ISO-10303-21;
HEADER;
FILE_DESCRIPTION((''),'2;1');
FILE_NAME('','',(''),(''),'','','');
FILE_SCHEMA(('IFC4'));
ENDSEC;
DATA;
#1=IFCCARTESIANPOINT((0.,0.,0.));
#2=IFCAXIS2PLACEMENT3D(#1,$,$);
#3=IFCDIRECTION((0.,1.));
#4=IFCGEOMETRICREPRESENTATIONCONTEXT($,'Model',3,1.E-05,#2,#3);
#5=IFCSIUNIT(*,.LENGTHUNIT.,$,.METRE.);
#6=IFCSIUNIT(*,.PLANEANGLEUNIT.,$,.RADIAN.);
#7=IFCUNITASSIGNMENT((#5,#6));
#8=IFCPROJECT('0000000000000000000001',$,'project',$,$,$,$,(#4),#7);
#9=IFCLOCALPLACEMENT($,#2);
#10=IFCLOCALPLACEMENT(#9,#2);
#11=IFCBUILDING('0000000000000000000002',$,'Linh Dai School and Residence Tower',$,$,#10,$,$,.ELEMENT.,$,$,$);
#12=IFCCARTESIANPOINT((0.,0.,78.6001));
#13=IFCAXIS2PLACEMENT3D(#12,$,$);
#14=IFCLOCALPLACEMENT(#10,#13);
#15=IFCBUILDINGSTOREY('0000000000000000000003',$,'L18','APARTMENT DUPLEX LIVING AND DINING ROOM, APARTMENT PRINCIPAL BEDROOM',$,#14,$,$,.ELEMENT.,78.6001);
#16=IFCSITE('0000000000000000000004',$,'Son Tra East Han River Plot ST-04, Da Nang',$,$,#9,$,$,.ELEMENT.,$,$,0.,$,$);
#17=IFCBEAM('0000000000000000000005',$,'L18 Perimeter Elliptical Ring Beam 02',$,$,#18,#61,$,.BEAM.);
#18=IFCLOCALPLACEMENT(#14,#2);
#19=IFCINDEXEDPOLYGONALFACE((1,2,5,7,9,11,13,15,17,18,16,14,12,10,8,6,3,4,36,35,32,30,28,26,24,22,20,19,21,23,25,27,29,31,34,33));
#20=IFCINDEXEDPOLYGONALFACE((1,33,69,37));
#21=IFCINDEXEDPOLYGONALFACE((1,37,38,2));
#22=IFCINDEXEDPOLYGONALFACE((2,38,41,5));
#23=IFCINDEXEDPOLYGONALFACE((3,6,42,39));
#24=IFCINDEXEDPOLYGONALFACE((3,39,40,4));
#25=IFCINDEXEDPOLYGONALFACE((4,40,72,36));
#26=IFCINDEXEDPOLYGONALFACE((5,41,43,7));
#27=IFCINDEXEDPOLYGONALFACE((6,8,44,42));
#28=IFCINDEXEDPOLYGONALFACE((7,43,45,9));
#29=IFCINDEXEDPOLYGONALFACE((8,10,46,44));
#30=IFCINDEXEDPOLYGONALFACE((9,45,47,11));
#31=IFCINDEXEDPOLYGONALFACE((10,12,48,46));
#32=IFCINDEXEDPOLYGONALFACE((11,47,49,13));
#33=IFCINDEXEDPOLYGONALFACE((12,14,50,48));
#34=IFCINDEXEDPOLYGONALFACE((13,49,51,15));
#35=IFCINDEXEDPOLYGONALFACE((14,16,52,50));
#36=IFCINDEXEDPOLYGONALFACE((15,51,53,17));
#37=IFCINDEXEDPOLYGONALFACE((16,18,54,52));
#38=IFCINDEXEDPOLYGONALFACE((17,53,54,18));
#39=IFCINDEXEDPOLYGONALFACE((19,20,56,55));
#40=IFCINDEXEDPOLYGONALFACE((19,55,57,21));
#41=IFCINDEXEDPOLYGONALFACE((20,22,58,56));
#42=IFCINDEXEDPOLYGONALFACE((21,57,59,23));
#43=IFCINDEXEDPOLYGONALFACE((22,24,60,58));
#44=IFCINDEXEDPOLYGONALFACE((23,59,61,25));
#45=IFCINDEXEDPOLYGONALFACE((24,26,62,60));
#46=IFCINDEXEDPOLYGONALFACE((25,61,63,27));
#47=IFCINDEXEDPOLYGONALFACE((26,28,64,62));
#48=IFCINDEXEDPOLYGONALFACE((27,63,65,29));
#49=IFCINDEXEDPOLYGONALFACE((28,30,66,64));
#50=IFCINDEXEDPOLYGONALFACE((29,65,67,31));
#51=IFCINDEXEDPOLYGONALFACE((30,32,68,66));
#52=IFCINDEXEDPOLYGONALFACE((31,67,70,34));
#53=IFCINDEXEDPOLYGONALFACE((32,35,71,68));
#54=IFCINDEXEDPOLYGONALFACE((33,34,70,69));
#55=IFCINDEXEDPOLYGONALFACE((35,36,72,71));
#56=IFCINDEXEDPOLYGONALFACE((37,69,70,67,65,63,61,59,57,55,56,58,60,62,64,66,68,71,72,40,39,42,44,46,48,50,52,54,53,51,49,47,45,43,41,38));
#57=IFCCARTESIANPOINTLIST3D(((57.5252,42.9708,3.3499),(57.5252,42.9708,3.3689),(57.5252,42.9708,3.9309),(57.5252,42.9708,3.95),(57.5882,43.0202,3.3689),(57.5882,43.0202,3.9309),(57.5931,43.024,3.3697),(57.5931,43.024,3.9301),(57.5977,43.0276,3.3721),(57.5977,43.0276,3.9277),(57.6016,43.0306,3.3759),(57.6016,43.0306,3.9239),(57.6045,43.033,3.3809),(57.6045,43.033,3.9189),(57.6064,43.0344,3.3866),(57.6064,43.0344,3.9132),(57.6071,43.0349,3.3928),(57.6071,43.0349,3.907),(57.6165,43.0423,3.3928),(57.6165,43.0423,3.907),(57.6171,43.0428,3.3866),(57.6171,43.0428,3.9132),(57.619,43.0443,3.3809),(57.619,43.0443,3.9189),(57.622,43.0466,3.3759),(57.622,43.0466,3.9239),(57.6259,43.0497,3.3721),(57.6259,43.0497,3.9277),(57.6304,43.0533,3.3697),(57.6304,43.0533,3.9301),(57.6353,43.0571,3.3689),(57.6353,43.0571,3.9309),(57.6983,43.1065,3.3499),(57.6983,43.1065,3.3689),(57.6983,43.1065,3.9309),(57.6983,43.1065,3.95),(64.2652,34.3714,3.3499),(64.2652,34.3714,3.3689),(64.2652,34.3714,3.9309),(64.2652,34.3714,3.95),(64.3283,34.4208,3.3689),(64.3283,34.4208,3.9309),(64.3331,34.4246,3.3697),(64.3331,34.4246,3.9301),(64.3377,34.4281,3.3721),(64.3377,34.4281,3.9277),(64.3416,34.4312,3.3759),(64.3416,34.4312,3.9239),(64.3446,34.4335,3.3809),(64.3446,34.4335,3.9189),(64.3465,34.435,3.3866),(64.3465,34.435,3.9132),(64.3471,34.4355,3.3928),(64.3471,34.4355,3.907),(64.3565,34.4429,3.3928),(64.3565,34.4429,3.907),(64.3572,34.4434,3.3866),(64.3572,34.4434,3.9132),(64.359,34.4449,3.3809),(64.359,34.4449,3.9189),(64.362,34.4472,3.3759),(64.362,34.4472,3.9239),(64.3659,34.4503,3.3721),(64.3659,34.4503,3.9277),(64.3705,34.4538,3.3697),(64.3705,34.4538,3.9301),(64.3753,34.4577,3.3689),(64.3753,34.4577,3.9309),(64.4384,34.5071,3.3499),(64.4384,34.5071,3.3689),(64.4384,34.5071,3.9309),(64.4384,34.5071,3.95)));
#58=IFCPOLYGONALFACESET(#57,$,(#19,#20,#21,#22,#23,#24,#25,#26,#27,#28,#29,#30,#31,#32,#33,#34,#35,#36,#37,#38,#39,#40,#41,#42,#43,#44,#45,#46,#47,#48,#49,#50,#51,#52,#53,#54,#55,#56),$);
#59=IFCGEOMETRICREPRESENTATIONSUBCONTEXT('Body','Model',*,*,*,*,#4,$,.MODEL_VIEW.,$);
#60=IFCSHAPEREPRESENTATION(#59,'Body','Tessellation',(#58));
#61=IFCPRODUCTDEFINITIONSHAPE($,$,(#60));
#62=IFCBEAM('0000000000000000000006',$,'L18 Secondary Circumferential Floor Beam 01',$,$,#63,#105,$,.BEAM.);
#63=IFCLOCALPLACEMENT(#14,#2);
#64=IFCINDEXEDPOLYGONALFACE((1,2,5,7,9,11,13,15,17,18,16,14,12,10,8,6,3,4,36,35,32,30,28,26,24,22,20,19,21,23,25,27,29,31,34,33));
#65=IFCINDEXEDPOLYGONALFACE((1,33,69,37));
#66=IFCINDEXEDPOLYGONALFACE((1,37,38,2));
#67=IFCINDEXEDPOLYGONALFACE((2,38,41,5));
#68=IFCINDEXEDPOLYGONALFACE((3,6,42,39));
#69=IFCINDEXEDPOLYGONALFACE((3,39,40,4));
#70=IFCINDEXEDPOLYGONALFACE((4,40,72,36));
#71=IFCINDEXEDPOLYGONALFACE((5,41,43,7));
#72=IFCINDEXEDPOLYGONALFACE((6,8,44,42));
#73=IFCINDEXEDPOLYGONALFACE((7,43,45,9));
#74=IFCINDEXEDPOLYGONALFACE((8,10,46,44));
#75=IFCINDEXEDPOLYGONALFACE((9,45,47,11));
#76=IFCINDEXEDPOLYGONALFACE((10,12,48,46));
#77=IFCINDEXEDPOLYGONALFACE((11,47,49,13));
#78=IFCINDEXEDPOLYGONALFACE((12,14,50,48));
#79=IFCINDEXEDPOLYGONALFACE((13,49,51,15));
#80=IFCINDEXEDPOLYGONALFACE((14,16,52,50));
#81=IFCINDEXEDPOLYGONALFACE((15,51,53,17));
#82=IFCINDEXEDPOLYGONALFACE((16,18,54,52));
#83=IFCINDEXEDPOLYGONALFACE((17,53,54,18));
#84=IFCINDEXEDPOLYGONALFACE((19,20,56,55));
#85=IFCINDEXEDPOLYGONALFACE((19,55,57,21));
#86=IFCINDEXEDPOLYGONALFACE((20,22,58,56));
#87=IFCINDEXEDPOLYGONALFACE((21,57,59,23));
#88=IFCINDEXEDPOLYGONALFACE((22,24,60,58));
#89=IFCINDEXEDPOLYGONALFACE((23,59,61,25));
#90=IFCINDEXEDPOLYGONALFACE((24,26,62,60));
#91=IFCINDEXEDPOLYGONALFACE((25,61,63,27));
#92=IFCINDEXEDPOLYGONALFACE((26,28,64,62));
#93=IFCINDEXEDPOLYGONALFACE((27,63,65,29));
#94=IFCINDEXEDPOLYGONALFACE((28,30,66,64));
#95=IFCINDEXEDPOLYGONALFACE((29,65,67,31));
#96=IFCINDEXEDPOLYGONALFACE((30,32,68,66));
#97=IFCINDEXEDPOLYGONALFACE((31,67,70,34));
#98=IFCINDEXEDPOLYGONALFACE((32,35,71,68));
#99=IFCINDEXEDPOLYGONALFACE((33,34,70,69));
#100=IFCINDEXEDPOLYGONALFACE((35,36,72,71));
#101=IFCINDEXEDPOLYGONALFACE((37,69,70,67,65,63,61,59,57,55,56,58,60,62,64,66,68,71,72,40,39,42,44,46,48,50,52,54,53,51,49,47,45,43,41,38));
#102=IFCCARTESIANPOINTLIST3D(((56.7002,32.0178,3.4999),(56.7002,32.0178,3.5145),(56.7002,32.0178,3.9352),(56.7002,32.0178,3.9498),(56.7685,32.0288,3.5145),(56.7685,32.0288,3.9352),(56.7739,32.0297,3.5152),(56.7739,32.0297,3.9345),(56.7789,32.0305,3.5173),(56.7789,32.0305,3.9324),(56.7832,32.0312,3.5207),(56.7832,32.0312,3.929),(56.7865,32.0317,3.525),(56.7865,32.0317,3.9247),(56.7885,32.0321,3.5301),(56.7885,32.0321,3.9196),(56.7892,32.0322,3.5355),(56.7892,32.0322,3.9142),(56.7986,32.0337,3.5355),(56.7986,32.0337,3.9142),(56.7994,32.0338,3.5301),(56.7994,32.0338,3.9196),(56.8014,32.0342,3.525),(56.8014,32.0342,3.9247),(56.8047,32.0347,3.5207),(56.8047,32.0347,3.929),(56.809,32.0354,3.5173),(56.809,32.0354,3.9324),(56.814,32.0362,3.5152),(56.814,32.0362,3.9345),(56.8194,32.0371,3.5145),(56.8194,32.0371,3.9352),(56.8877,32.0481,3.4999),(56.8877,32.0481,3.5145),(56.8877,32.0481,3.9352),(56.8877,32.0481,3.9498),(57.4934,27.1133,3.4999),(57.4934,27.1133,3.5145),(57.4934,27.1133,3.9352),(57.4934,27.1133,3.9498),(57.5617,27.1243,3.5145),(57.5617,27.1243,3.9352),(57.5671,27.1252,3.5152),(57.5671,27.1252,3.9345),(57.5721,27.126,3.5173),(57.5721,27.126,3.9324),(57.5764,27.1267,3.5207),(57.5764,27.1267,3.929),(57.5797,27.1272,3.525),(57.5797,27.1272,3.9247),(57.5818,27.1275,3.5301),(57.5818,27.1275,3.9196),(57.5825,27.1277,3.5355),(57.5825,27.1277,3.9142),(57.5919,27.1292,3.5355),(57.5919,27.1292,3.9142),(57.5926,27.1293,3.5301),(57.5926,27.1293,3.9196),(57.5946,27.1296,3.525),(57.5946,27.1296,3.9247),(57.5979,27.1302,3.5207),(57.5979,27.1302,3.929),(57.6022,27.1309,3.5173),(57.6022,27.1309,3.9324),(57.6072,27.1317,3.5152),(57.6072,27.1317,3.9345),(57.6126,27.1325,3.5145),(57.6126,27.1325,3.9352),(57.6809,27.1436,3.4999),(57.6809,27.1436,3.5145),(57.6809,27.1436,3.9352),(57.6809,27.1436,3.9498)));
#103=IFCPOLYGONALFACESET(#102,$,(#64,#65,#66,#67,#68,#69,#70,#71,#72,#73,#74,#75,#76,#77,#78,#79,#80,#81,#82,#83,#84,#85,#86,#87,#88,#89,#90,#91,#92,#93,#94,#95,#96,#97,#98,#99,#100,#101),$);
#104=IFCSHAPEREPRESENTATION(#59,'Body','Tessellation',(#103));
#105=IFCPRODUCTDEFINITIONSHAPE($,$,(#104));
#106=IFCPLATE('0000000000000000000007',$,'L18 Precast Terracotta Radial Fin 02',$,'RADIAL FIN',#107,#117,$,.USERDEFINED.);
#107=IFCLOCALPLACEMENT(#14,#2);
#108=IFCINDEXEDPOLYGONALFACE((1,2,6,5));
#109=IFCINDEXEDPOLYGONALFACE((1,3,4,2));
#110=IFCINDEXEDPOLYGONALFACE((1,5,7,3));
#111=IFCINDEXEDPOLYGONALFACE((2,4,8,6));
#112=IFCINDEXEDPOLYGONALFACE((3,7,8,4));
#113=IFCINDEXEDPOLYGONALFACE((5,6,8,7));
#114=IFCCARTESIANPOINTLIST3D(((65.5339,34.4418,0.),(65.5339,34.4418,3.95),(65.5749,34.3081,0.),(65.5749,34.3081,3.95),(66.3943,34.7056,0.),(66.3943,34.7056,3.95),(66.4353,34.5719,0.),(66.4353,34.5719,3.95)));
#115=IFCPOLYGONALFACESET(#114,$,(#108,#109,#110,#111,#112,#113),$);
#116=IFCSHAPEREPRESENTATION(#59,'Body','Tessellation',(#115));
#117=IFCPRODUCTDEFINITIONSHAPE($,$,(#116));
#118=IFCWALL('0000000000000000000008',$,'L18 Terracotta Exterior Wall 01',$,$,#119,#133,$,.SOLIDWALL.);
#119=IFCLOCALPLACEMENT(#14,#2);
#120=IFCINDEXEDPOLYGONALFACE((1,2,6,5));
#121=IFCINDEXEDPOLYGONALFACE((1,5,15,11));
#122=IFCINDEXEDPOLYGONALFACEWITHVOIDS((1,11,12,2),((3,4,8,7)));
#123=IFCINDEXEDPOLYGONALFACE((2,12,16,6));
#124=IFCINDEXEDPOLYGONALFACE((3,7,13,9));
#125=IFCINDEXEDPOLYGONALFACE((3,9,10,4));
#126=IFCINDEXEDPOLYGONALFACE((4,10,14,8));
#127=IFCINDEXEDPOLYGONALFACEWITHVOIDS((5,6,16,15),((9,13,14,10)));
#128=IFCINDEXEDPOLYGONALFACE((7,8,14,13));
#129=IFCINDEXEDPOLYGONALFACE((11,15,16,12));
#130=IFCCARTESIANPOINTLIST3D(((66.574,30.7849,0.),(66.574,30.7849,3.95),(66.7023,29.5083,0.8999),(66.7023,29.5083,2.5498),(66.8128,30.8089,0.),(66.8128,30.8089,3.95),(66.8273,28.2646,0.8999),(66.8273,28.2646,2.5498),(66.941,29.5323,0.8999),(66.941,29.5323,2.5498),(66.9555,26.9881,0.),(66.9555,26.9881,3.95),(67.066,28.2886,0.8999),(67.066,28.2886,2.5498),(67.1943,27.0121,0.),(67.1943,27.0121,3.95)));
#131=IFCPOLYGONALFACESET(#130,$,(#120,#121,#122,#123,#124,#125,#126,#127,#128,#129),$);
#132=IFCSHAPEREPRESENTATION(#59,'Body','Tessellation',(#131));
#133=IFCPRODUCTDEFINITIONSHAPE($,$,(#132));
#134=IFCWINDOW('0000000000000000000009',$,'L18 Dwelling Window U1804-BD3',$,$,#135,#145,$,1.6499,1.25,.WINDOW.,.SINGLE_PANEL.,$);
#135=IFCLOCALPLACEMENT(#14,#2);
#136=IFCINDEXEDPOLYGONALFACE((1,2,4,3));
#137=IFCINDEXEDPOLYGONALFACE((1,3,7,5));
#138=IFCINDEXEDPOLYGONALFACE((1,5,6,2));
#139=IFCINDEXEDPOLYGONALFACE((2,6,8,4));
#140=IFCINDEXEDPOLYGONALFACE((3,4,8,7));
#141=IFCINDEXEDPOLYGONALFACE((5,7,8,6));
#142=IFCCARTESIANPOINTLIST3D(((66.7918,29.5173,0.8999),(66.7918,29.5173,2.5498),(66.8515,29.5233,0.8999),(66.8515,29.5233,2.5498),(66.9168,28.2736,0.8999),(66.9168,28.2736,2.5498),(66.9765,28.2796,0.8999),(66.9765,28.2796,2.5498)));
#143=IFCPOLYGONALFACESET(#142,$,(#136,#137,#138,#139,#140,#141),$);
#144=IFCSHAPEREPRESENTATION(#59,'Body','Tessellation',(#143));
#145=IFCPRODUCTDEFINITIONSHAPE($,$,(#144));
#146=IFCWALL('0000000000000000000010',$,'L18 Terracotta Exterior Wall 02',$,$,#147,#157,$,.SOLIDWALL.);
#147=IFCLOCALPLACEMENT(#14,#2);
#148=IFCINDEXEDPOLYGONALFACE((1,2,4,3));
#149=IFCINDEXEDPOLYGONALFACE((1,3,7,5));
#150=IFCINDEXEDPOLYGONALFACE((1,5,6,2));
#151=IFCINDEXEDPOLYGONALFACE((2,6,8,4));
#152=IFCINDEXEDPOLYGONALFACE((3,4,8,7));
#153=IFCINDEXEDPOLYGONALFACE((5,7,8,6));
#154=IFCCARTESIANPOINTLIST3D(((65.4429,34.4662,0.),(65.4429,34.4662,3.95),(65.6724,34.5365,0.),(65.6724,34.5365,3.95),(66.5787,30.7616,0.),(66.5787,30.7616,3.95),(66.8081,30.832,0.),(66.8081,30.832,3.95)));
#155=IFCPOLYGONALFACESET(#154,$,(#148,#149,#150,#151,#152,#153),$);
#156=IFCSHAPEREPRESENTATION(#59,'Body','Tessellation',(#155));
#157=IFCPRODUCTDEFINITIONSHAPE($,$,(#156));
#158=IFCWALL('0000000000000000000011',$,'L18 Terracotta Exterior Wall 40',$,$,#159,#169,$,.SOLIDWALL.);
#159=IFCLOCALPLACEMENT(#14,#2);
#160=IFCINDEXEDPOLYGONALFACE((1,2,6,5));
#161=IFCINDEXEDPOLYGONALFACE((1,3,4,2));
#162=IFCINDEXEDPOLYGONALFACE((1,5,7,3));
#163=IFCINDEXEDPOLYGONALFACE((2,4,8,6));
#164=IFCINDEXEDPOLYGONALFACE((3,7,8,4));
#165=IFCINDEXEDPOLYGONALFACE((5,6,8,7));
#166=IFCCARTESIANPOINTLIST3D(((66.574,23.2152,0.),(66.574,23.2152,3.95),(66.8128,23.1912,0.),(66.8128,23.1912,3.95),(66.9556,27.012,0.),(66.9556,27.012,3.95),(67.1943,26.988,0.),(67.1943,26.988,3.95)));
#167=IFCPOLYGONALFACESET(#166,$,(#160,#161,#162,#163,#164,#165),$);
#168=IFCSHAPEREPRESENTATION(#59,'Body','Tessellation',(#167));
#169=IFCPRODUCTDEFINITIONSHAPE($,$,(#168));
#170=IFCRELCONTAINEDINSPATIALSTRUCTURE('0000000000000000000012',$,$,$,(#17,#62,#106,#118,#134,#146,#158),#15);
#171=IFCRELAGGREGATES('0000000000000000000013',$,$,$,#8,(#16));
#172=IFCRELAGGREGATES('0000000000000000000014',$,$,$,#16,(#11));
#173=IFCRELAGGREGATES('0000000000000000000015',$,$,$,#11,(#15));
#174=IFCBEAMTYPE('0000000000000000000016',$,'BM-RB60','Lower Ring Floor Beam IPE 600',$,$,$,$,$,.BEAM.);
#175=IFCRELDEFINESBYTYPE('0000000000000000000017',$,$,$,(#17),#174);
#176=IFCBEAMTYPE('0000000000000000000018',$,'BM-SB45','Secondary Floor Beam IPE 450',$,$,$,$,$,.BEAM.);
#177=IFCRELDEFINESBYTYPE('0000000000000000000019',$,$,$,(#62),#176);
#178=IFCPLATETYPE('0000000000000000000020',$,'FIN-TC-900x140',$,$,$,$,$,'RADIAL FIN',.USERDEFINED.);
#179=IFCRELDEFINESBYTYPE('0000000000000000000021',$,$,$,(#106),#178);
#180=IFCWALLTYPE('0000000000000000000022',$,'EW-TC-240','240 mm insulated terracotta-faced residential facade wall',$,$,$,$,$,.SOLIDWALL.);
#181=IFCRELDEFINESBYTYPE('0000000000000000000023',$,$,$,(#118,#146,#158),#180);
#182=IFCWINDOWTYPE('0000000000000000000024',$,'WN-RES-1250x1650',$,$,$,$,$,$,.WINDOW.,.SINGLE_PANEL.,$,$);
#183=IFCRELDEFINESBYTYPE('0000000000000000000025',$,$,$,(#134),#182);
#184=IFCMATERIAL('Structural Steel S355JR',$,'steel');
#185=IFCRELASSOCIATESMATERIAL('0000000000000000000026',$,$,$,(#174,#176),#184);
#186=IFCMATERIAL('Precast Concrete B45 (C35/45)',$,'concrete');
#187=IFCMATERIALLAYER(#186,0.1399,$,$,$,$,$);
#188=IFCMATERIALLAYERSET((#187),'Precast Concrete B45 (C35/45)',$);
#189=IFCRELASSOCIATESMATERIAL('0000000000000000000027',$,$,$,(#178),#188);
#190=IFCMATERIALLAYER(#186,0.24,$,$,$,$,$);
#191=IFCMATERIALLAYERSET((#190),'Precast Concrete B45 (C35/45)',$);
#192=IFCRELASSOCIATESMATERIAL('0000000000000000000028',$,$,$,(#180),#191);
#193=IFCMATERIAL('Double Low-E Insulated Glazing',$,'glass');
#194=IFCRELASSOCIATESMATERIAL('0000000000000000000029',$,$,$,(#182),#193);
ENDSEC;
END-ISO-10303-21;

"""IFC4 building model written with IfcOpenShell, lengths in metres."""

from ifc_helpers import new_model, si_unit, direction, frame, frame_2d, origin, origin_2d, place, context, subcontext, project, spatial, rectangle, i_section, extrude, source, transform, mapped, material, layer, layer_set, material_profile, profile_set, type_object, element, fill, save


model = new_model("IFC4")

# Units and contexts
model_context = context("Model", 3, precision=1e-05, world=origin(), true_north=direction((0.0, 1.0)))
body_context = subcontext(model_context, "Body", "Model", "MODEL_VIEW")
ifc_project = project(units=[si_unit("LENGTHUNIT", "METRE"), si_unit("PLANEANGLEUNIT", "RADIAN")], contexts=[model_context])

# Site, building, storey
site_placement = place(None, origin())
site = spatial("IfcSite", under=ifc_project, at=site_placement, Name="Son Tra East Han River Plot ST-04, Da Nang", CompositionType="ELEMENT", RefElevation=0.0)
building_placement = place(site_placement, origin())
building = spatial("IfcBuilding", under=site, at=building_placement, Name="Linh Dai School and Residence Tower", CompositionType="ELEMENT")
storey_placement = place(building_placement, frame((0.0, 0.0, 78.6001)))
storey = spatial("IfcBuildingStorey", under=building, at=storey_placement, Name="L18", Description="APARTMENT DUPLEX LIVING AND DINING ROOM, APARTMENT PRINCIPAL BEDROOM", CompositionType="ELEMENT", Elevation=78.6001)

# Shared definitions
ifc_material_1 = material(Name="Structural Steel S355JR", Category="steel")

# Beams
ifc_material_profile_1 = material_profile(ifc_material_1, i_section(OverallWidth=0.22, OverallDepth=0.6001, WebThickness=0.012, FlangeThickness=0.019, FilletRadius=0.0239, at=origin_2d()), Name="IPE 600")
ifc_profile_set_1 = profile_set([ifc_material_profile_1], Name="Structural Steel S355JR")
beam_type_1 = type_object("IfcBeamType", Name="BM-RB60", Description="Lower Ring Floor Beam IPE 600", PredefinedType="BEAM", material=ifc_profile_set_1)
beam_1_placement = place(storey_placement, frame((64.3518, 34.4392, 3.6499), z_axis=(-0.616879, 0.787058, 0.0), x_axis=(-0.787058, -0.616879, 0.0)))
element("IfcBeam", 1, at=beam_1_placement, inside=storey, type_object=beam_type_1, Name="L18 Perimeter Elliptical Ring Beam 02", PredefinedType="BEAM", context=body_context, shape_type="SweptSolid", body=[
    extrude(i_section(OverallWidth=0.22, OverallDepth=0.6001, WebThickness=0.012, FlangeThickness=0.019, FilletRadius=0.0239, at=origin_2d()), origin(), (0.0, 0.0, 1.0), 10.926),
])
ifc_material_profile_2 = material_profile(ifc_material_1, i_section(OverallWidth=0.1899, OverallDepth=0.45, WebThickness=0.0095, FlangeThickness=0.0146, FilletRadius=0.021, at=origin_2d()), Name="IPE 450")
ifc_profile_set_2 = profile_set([ifc_material_profile_2], Name="Structural Steel S355JR")
beam_type_2 = type_object("IfcBeamType", Name="BM-SB45", Description="Secondary Floor Beam IPE 450", PredefinedType="BEAM", material=ifc_profile_set_2)
beam_2_placement = place(storey_placement, frame((57.5872, 27.1284, 3.7249), z_axis=(-0.159656, 0.987173, 0.0), x_axis=(-0.987173, -0.159656, 0.0)))
element("IfcBeam", 2, at=beam_2_placement, inside=storey, type_object=beam_type_2, Name="L18 Secondary Circumferential Floor Beam 01", PredefinedType="BEAM", context=body_context, shape_type="SweptSolid", body=[
    extrude(i_section(OverallWidth=0.1899, OverallDepth=0.45, WebThickness=0.0095, FlangeThickness=0.0146, FilletRadius=0.021, at=origin_2d()), origin(), (0.0, 0.0, 1.0), 4.9683),
])

# Plate
ifc_material_2 = material(Name="Precast Concrete B45 (C35/45)", Category="concrete")
ifc_layer_1 = layer(ifc_material_2, 0.1399)
ifc_layer_set_1 = layer_set([ifc_layer_1], Name="Precast Concrete B45 (C35/45)")
plate_type = type_object("IfcPlateType", Name="FIN-TC-900x140", ElementType="RADIAL FIN", PredefinedType="USERDEFINED", material=ifc_layer_set_1)
shared_shape_1 = source(origin(), body_context, "Body", "SweptSolid", [
    extrude(rectangle(XDim=0.8999, YDim=0.1399, at=origin_2d()), origin(), (0.0, 0.0, 1.0), 3.95),
])
plate_placement = place(storey_placement, frame((65.9846, 34.5068, 0.0), z_axis=(0.0, 0.0, 1.0), x_axis=(0.956068, 0.293146, 0.0)))
element("IfcPlate", 3, at=plate_placement, inside=storey, type_object=plate_type, Name="L18 Precast Terracotta Radial Fin 02", ObjectType="RADIAL FIN", PredefinedType="USERDEFINED", context=body_context, shape_type="MappedRepresentation", body=[
    mapped(shared_shape_1, transform((0.0, 0.0, 0.0), x_axis=(1.0, 0.0, 0.0), y_axis=(0.0, 1.0, 0.0), z_axis=(0.0, 0.0, 1.0), scale=1.0)),
])

# Wall, opening, window
ifc_layer_2 = layer(ifc_material_2, 0.24)
ifc_layer_set_2 = layer_set([ifc_layer_2], Name="Precast Concrete B45 (C35/45)")
wall_type_1 = type_object("IfcWallType", Name="EW-TC-240", Description="240 mm insulated terracotta-faced residential facade wall", PredefinedType="SOLIDWALL", material=ifc_layer_set_2)
wall_1_placement = place(storey_placement, frame((66.6934, 30.7969, 0.0), z_axis=(0.0, 0.0, 1.0), x_axis=(0.099998, -0.994988, 0.0)))
wall_1 = element("IfcWall", 4, at=wall_1_placement, inside=storey, type_object=wall_type_1, Name="L18 Terracotta Exterior Wall 01", PredefinedType="SOLIDWALL", context=body_context, shape_type="SweptSolid", body=[
    extrude(rectangle(XDim=3.8159, YDim=0.24, at=frame_2d((1.908, 0.0))), origin(), (0.0, 0.0, 1.0), 3.95),
])
opening_1_placement = place(wall_1_placement, frame((1.283, 0.0, 0.8999)))
opening_1 = element("IfcOpeningElement", 5, at=opening_1_placement, cuts=wall_1, PredefinedType="OPENING", context=body_context, shape_type="SweptSolid", body=[
    extrude(rectangle(XDim=1.25, YDim=1.6499, at=origin_2d()), frame((0.625, 0.1299, 0.825), z_axis=(0.0, -1.0, 0.0), x_axis=(1.0, 0.0, 0.0)), (0.0, 0.0, 1.0), 0.26),
])
ifc_material_3 = material(Name="Double Low-E Insulated Glazing", Category="glass")
window_type = type_object("IfcWindowType", Name="WN-RES-1250x1650", PartitioningType="SINGLE_PANEL", PredefinedType="WINDOW", material=ifc_material_3)
shared_shape_2 = source(origin(), body_context, "Body", "SweptSolid", [
    extrude(rectangle(XDim=1.25, YDim=1.6499, at=origin_2d()), frame((0.625, 0.03, 0.825), z_axis=(0.0, -1.0, 0.0), x_axis=(1.0, 0.0, 0.0)), (0.0, 0.0, 1.0), 0.0601),
])
window_placement = place(opening_1_placement, origin())
window = element("IfcWindow", 6, at=window_placement, inside=storey, type_object=window_type, Name="L18 Dwelling Window U1804-BD3", OverallHeight=1.6499, OverallWidth=1.25, PartitioningType="SINGLE_PANEL", PredefinedType="WINDOW", context=body_context, shape_type="MappedRepresentation", body=[
    mapped(shared_shape_2, transform((0.0, 0.0, 0.0), x_axis=(1.0, 0.0, 0.0), y_axis=(0.0, 1.0, 0.0), z_axis=(0.0, 0.0, 1.0), scale=1.0)),
])
fill(opening_1, window)

# Walls
wall_2_placement = place(storey_placement, frame((65.5576, 34.5015, 0.0), z_axis=(0.0, 0.0, 1.0), x_axis=(0.293112, -0.956078, 0.0)))
element("IfcWall", 7, at=wall_2_placement, inside=storey, type_object=wall_type_1, Name="L18 Terracotta Exterior Wall 02", PredefinedType="SOLIDWALL", context=body_context, shape_type="SweptSolid", body=[
    extrude(rectangle(XDim=3.8748, YDim=0.24, at=frame_2d((1.9375, 0.0))), origin(), (0.0, 0.0, 1.0), 3.95),
])
wall_3_placement = place(storey_placement, frame((67.075, 27.0, 0.0), z_axis=(0.0, 0.0, 1.0), x_axis=(-0.099998, -0.994988, 0.0)))
element("IfcWall", 8, at=wall_3_placement, inside=storey, type_object=wall_type_1, Name="L18 Terracotta Exterior Wall 40", PredefinedType="SOLIDWALL", context=body_context, shape_type="SweptSolid", body=[
    extrude(rectangle(XDim=3.8159, YDim=0.24, at=frame_2d((1.908, 0.0))), origin(), (0.0, 0.0, 1.0), 3.95),
])

save(model, "model.ifc")
